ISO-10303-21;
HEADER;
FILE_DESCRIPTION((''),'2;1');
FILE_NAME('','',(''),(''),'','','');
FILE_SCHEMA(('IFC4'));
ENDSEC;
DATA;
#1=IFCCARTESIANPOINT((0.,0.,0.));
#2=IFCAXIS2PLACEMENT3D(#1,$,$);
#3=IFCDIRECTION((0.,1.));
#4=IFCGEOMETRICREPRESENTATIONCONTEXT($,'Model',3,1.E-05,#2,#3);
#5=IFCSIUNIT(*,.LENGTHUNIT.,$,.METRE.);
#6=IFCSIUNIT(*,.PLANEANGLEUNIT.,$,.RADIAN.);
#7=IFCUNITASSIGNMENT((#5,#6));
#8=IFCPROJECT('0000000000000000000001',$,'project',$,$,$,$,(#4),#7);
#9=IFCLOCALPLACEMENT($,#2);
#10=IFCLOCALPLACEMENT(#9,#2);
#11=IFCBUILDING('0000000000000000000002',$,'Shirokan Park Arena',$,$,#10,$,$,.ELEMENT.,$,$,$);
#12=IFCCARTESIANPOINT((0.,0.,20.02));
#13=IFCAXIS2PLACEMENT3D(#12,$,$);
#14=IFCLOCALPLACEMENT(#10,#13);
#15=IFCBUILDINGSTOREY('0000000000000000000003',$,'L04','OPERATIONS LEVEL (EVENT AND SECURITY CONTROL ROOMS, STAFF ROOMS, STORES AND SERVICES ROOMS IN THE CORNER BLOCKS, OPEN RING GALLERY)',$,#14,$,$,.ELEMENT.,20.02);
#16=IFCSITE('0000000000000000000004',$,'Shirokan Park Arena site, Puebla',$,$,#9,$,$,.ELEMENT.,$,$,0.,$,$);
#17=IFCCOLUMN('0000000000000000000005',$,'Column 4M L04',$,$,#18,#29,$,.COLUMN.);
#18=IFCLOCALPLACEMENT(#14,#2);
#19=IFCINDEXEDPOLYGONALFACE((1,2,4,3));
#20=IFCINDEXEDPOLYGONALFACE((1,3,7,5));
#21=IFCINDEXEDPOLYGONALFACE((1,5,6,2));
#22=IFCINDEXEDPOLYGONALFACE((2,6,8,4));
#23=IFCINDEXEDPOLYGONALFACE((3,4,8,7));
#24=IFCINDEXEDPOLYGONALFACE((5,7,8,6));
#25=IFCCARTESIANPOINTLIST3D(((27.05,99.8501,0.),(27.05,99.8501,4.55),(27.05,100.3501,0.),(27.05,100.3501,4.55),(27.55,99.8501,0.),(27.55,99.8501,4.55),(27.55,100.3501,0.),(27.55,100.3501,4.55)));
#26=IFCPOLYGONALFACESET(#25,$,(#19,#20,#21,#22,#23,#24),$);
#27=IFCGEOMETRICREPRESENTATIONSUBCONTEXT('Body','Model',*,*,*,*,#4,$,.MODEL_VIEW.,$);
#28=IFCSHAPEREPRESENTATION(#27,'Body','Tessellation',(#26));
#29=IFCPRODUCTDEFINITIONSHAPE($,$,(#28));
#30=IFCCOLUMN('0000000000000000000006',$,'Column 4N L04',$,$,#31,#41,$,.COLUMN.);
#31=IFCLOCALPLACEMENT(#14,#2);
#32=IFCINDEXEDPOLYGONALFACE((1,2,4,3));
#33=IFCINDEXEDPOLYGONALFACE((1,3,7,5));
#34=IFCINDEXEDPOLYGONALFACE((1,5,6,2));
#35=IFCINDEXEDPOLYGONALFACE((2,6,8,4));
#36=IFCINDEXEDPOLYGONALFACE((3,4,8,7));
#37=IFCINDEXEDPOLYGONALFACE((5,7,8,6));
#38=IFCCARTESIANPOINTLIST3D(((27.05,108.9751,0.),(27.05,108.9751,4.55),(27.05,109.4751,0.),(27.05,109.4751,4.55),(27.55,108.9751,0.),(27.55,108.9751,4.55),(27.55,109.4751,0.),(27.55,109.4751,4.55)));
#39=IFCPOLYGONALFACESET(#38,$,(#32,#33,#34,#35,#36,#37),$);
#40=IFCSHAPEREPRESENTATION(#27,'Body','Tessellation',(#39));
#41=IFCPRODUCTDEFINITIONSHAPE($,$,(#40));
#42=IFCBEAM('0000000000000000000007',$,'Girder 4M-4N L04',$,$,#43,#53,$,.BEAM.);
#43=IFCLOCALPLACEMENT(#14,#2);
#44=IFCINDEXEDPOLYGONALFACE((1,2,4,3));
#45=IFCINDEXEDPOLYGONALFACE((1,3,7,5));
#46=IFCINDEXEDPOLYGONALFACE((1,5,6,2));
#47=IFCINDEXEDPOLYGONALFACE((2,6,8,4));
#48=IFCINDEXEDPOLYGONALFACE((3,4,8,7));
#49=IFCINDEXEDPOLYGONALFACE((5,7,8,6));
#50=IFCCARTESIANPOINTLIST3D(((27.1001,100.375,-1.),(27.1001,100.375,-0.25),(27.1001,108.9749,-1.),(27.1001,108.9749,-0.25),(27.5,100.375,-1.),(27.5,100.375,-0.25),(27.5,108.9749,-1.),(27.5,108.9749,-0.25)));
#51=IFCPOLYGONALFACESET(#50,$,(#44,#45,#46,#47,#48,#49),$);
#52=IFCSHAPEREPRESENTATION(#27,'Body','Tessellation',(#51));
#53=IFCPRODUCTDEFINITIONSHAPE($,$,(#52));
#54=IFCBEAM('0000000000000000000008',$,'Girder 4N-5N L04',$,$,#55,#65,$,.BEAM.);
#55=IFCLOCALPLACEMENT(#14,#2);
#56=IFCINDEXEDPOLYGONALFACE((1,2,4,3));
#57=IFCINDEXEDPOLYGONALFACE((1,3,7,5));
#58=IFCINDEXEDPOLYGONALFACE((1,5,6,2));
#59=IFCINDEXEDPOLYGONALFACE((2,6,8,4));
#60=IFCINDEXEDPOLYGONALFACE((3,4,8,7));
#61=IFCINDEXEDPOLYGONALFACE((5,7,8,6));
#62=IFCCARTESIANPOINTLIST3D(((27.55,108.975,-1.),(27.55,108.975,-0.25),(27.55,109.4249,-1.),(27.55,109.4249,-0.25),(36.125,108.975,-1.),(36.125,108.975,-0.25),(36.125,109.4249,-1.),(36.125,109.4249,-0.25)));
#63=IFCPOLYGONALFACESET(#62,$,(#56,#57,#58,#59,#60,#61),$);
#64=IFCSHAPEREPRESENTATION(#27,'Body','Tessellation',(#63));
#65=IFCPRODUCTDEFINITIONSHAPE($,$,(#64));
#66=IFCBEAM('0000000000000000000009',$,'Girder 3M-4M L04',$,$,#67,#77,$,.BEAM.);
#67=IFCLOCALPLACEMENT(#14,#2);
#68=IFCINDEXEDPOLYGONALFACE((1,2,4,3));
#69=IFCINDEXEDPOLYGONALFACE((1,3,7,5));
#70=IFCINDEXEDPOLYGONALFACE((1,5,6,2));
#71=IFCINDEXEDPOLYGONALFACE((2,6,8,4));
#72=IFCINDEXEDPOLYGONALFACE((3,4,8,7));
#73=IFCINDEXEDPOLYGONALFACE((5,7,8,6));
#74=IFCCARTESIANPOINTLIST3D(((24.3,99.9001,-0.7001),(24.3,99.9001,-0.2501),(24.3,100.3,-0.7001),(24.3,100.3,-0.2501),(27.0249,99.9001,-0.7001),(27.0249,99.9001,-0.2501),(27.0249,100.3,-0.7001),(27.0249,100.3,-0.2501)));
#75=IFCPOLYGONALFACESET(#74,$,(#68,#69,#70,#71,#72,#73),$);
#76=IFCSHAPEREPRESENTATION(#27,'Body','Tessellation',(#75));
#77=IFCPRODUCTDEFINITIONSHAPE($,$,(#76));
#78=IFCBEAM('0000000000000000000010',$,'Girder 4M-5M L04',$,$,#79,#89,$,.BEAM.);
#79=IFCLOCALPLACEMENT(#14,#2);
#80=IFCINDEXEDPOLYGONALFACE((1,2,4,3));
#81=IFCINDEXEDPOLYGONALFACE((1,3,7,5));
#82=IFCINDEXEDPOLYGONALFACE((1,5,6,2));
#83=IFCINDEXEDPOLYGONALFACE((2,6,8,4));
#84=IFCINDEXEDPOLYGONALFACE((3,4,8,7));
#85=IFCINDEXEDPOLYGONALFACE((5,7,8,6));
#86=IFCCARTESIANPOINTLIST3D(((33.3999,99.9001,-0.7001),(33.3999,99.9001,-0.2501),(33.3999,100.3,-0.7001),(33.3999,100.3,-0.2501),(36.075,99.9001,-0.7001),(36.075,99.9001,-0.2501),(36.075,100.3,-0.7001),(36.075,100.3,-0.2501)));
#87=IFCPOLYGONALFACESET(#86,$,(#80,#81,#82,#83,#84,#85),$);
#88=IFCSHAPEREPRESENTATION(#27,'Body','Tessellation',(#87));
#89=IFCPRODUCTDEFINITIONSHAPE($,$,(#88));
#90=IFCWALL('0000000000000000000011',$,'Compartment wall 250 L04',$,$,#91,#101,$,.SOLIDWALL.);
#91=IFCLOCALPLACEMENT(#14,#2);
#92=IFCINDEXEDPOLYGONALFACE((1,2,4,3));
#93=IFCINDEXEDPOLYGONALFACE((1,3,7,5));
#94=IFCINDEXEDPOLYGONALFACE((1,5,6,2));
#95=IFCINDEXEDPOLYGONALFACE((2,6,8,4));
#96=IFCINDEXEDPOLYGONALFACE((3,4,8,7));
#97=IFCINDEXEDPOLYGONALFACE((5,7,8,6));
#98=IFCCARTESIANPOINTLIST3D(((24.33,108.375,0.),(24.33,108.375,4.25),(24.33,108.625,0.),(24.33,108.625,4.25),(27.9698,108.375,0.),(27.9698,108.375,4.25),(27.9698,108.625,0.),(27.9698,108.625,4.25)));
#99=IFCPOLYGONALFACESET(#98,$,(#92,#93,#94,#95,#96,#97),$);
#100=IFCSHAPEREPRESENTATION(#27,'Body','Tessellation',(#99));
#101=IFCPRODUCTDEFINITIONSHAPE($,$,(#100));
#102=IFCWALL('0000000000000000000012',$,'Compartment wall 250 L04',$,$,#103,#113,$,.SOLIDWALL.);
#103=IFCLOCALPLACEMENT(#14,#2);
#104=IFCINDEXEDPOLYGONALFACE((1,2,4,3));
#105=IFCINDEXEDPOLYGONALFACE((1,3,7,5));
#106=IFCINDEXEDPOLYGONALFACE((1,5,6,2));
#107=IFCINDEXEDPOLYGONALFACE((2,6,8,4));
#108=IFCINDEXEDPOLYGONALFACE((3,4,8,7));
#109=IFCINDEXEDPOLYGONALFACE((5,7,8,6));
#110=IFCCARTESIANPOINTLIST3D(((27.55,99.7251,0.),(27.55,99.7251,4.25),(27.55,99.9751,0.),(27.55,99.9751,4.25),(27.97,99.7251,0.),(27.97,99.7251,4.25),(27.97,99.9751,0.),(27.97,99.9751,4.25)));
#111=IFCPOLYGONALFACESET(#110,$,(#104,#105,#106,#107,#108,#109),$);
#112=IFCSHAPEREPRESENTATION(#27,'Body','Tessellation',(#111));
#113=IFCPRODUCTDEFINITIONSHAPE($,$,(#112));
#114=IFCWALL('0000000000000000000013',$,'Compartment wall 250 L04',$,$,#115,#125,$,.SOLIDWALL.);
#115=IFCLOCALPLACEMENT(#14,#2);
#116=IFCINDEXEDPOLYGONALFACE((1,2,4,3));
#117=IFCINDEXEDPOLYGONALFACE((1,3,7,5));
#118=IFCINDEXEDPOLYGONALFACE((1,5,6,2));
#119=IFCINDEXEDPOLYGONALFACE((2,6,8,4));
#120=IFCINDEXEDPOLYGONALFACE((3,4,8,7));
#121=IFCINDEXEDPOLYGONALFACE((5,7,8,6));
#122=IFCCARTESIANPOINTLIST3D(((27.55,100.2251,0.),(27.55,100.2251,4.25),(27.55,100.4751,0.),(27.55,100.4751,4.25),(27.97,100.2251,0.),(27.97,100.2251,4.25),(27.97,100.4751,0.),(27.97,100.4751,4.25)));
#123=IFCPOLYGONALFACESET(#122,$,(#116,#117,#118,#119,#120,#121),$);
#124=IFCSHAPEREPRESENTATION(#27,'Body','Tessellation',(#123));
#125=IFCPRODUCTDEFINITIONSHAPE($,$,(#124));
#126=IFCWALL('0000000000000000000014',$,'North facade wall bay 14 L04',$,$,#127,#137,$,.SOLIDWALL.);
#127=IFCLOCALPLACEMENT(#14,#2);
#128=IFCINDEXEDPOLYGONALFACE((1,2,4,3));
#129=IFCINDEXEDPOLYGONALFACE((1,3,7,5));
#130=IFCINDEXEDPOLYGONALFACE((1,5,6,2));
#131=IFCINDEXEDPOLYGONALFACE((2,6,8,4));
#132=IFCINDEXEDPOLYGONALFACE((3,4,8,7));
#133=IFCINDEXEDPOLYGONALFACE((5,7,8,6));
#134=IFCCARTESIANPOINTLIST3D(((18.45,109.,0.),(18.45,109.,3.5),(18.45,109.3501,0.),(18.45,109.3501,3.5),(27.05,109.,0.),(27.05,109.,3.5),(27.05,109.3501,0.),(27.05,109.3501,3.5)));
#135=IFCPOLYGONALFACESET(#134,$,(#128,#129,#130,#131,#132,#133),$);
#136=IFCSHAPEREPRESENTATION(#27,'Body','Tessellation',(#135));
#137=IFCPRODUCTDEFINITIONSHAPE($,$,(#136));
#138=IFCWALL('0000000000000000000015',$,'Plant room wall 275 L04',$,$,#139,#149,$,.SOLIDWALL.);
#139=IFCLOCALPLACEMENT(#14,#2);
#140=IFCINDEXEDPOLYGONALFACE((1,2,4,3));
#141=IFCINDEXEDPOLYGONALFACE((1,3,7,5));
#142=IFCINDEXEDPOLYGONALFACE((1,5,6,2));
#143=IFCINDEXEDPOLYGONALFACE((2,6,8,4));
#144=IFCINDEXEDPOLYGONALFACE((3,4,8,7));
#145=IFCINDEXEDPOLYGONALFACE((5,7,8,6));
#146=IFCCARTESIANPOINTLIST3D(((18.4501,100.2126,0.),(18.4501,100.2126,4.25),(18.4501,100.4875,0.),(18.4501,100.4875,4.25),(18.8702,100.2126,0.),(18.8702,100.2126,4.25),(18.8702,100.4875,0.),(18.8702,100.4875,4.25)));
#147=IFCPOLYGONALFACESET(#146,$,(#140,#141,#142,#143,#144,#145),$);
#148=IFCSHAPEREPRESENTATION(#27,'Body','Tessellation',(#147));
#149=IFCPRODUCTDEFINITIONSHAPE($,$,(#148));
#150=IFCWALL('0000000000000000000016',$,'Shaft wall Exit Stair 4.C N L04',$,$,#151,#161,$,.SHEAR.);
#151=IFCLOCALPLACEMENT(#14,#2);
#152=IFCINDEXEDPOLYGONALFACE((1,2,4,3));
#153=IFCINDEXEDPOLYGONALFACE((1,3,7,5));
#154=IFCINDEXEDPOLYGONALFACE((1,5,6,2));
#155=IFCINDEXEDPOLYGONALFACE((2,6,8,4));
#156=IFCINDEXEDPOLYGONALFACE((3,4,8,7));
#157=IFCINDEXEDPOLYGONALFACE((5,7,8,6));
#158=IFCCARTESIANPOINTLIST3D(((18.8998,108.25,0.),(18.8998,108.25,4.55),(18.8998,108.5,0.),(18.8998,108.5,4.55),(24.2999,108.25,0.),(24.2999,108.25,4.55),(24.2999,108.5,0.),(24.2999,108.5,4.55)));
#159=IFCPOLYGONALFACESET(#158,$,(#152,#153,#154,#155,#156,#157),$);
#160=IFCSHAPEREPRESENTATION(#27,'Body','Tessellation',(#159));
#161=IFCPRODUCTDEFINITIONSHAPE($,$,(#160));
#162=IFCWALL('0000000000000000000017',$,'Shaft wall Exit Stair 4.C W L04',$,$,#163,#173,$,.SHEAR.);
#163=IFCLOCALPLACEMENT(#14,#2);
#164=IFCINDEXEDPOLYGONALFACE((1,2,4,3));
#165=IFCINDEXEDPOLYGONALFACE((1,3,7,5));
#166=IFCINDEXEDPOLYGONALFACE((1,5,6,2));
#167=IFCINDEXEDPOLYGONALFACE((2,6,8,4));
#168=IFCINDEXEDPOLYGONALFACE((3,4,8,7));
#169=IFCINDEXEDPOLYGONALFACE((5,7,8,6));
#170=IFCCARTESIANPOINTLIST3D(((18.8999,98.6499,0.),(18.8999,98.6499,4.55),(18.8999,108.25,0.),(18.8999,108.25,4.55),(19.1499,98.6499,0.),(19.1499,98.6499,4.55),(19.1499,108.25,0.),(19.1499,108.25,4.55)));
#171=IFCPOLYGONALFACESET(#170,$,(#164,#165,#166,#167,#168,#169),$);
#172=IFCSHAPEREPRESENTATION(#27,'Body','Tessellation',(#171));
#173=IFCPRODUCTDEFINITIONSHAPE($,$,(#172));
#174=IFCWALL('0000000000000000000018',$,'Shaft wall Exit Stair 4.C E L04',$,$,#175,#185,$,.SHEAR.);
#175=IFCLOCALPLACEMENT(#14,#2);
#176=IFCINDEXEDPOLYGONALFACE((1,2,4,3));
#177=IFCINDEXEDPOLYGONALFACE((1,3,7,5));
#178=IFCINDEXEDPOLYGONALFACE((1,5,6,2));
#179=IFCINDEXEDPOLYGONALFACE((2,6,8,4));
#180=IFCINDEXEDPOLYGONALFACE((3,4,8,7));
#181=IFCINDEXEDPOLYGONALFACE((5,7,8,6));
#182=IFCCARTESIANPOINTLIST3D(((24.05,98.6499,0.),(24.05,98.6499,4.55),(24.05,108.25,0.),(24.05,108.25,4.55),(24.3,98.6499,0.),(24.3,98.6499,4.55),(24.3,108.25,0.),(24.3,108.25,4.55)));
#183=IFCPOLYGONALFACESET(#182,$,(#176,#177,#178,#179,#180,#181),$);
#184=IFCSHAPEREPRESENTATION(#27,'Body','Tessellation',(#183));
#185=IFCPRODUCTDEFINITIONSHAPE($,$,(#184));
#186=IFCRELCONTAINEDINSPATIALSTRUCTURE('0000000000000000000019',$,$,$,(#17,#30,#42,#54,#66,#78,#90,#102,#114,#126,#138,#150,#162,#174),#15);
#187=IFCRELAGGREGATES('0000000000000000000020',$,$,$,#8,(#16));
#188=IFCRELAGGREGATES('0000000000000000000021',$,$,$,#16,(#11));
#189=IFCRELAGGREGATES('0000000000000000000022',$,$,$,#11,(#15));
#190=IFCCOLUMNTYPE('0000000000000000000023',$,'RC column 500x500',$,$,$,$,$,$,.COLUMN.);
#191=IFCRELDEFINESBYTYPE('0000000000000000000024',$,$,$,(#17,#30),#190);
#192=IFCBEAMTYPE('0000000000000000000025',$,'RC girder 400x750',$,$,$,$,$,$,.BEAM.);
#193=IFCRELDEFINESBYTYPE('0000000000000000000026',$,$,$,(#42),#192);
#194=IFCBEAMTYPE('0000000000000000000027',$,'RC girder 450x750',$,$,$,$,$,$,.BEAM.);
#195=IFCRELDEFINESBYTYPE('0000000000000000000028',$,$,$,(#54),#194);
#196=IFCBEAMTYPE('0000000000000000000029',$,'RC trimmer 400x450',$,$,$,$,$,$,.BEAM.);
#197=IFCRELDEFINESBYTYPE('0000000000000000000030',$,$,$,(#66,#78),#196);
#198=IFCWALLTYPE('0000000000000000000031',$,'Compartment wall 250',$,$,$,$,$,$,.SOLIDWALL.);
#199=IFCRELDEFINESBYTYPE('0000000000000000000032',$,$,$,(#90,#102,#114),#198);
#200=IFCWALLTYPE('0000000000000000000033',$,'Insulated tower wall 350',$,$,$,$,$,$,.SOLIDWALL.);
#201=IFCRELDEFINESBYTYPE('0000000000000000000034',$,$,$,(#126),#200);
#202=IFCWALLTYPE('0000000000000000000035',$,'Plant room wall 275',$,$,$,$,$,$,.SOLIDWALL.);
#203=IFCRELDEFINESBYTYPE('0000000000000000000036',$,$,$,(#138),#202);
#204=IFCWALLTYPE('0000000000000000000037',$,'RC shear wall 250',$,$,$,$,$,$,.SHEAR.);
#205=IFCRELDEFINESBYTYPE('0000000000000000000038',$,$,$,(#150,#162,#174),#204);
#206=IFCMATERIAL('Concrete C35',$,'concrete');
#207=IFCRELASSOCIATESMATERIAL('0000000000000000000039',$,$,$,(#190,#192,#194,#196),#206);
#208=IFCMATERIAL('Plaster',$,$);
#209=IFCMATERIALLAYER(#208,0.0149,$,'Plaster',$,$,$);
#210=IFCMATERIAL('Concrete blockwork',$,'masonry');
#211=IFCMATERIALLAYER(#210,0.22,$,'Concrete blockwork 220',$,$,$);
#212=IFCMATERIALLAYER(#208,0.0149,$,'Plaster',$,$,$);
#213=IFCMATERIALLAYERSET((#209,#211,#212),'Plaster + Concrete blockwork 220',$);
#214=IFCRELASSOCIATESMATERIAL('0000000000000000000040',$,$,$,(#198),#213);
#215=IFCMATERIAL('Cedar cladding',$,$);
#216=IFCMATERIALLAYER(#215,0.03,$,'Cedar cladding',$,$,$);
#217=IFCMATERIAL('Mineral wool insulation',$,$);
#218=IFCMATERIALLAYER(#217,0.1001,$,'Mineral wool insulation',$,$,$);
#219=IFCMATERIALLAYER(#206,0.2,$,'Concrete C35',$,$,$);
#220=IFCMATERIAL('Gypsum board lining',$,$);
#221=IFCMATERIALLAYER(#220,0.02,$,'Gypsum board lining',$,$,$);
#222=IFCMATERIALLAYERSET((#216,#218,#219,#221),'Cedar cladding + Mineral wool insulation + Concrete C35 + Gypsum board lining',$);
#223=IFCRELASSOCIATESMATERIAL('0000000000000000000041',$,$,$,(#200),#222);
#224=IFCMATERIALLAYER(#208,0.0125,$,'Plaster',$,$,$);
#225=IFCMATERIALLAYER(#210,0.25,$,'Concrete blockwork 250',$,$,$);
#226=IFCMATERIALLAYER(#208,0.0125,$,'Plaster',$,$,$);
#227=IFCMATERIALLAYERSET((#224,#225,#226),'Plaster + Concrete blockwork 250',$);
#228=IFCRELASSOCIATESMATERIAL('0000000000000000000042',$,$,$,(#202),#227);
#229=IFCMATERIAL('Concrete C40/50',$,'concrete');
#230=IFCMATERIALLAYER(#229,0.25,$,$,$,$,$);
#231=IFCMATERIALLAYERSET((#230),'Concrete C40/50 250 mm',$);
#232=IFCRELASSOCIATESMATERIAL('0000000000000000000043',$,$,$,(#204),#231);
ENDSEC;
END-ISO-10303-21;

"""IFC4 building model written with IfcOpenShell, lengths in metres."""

from ifc_helpers import new_model, si_unit, direction, frame, frame_2d, origin, origin_2d, place, context, subcontext, project, spatial, rectangle, extrude, material, layer, layer_set, material_profile, profile_set, type_object, element, save


model = new_model("IFC4")

# Units and contexts
model_context = context("Model", 3, precision=1e-05, world=origin(), true_north=direction((0.0, 1.0)))
body_context = subcontext(model_context, "Body", "Model", "MODEL_VIEW")
ifc_project = project(units=[si_unit("LENGTHUNIT", "METRE"), si_unit("PLANEANGLEUNIT", "RADIAN")], contexts=[model_context])

# Site, building, storey
site_placement = place(None, origin())
site = spatial("IfcSite", under=ifc_project, at=site_placement, Name="Shirokan Park Arena site, Puebla", CompositionType="ELEMENT", RefElevation=0.0)
building_placement = place(site_placement, origin())
building = spatial("IfcBuilding", under=site, at=building_placement, Name="Shirokan Park Arena", CompositionType="ELEMENT")
storey_placement = place(building_placement, frame((0.0, 0.0, 20.02)))
storey = spatial("IfcBuildingStorey", under=building, at=storey_placement, Name="L04", Description="OPERATIONS LEVEL (EVENT AND SECURITY CONTROL ROOMS, STAFF ROOMS, STORES AND SERVICES ROOMS IN THE CORNER BLOCKS, OPEN RING GALLERY)", CompositionType="ELEMENT", Elevation=20.02)

# Columns
ifc_material_1 = material(Name="Concrete C35", Category="concrete")
ifc_material_profile_1 = material_profile(ifc_material_1, rectangle(XDim=0.5, YDim=0.5, at=origin_2d()), Name="500x500")
ifc_profile_set_1 = profile_set([ifc_material_profile_1], Name="Concrete C35")
column_type = type_object("IfcColumnType", Name="RC column 500x500", PredefinedType="COLUMN", material=ifc_profile_set_1)
for number, where, z_axis, x_axis, name in (
    (1, (27.3, 100.1001, 0.0), (0.0, 0.0, 1.0), (1.0, 0.0, 0.0), "Column 4M L04"),
    (2, (27.3, 109.2251, 0.0), (0.0, 0.0, 1.0), (1.0, 0.0, 0.0), "Column 4N L04"),
):
    element("IfcColumn", number, at=place(storey_placement, frame(where, z_axis=z_axis, x_axis=x_axis)), inside=storey, type_object=column_type, Name=name, PredefinedType="COLUMN", context=body_context, shape_type="SweptSolid", body=[
        extrude(rectangle(XDim=0.5, YDim=0.5, at=origin_2d()), origin(), (0.0, 0.0, 1.0), 4.55),
    ])

# Beams
ifc_material_profile_2 = material_profile(ifc_material_1, rectangle(XDim=0.3999, YDim=0.75, at=origin_2d()), Name="400x750")
ifc_profile_set_2 = profile_set([ifc_material_profile_2], Name="Concrete C35")
beam_type_1 = type_object("IfcBeamType", Name="RC girder 400x750", PredefinedType="BEAM", material=ifc_profile_set_2)
beam_1_placement = place(storey_placement, frame((27.3, 100.375, -0.625), z_axis=(0.0, 1.0, 0.0), x_axis=(-1.0, 0.0, 0.0)))
element("IfcBeam", 3, at=beam_1_placement, inside=storey, type_object=beam_type_1, Name="Girder 4M-4N L04", PredefinedType="BEAM", context=body_context, shape_type="SweptSolid", body=[
    extrude(rectangle(XDim=0.3999, YDim=0.75, at=origin_2d()), origin(), (0.0, 0.0, 1.0), 8.5999),
])
ifc_material_profile_3 = material_profile(ifc_material_1, rectangle(XDim=0.45, YDim=0.75, at=origin_2d()), Name="450x750")
ifc_profile_set_3 = profile_set([ifc_material_profile_3], Name="Concrete C35")
beam_type_2 = type_object("IfcBeamType", Name="RC girder 450x750", PredefinedType="BEAM", material=ifc_profile_set_3)
beam_2_placement = place(storey_placement, frame((27.55, 109.2, -0.625), z_axis=(1.0, 0.0, 0.0), x_axis=(0.0, 1.0, 0.0)))
element("IfcBeam", 4, at=beam_2_placement, inside=storey, type_object=beam_type_2, Name="Girder 4N-5N L04", PredefinedType="BEAM", context=body_context, shape_type="SweptSolid", body=[
    extrude(rectangle(XDim=0.45, YDim=0.75, at=origin_2d()), origin(), (0.0, 0.0, 1.0), 8.575),
])
ifc_material_profile_4 = material_profile(ifc_material_1, rectangle(XDim=0.3999, YDim=0.45, at=origin_2d()), Name="400x450")
ifc_profile_set_4 = profile_set([ifc_material_profile_4], Name="Concrete C35")
beam_type_3 = type_object("IfcBeamType", Name="RC trimmer 400x450", PredefinedType="BEAM", material=ifc_profile_set_4)
beam_3_placement = place(storey_placement, frame((24.3, 100.1001, -0.4751), z_axis=(1.0, 0.0, 0.0), x_axis=(0.0, 1.0, 0.0)))
element("IfcBeam", 5, at=beam_3_placement, inside=storey, type_object=beam_type_3, Name="Girder 3M-4M L04", PredefinedType="BEAM", context=body_context, shape_type="SweptSolid", body=[
    extrude(rectangle(XDim=0.3999, YDim=0.45, at=origin_2d()), origin(), (0.0, 0.0, 1.0), 2.7249),
])
beam_4_placement = place(storey_placement, frame((33.3999, 100.1001, -0.4751), z_axis=(1.0, 0.0, 0.0), x_axis=(0.0, 1.0, 0.0)))
element("IfcBeam", 6, at=beam_4_placement, inside=storey, type_object=beam_type_3, Name="Girder 4M-5M L04", PredefinedType="BEAM", context=body_context, shape_type="SweptSolid", body=[
    extrude(rectangle(XDim=0.3999, YDim=0.45, at=origin_2d()), origin(), (0.0, 0.0, 1.0), 2.675),
])

# Walls
ifc_material_2 = material(Name="Plaster")
ifc_layer_1 = layer(ifc_material_2, 0.0149, Name="Plaster")
ifc_material_3 = material(Name="Concrete blockwork", Category="masonry")
ifc_layer_2 = layer(ifc_material_3, 0.22, Name="Concrete blockwork 220")
ifc_layer_3 = layer(ifc_material_2, 0.0149, Name="Plaster")
ifc_layer_set_1 = layer_set([ifc_layer_1, ifc_layer_2, ifc_layer_3], Name="Plaster + Concrete blockwork 220")
wall_type_1 = type_object("IfcWallType", Name="Compartment wall 250", PredefinedType="SOLIDWALL", material=ifc_layer_set_1)
wall_1_placement = place(storey_placement, frame((24.3301, 108.5, 0.0), z_axis=(0.0, 0.0, 1.0), x_axis=(1.0, 0.0, 0.0)))
element("IfcWall", 7, at=wall_1_placement, inside=storey, type_object=wall_type_1, Name="Compartment wall 250 L04", PredefinedType="SOLIDWALL", context=body_context, shape_type="SweptSolid", body=[
    extrude(rectangle(XDim=3.6399, YDim=0.25, at=frame_2d((1.8198, 0.0))), origin(), (0.0, 0.0, 1.0), 4.25),
])
for number, where, z_axis, x_axis, name in (
    (8, (27.55, 99.8501, 0.0), (0.0, 0.0, 1.0), (1.0, 0.0, 0.0), "Compartment wall 250 L04"),
    (9, (27.97, 100.3501, 0.0), (0.0, 0.0, 1.0), (-1.0, 0.0, 0.0), "Compartment wall 250 L04"),
):
    element("IfcWall", number, at=place(storey_placement, frame(where, z_axis=z_axis, x_axis=x_axis)), inside=storey, type_object=wall_type_1, Name=name, PredefinedType="SOLIDWALL", context=body_context, shape_type="SweptSolid", body=[
        extrude(rectangle(XDim=0.4199, YDim=0.25, at=frame_2d((0.21, 0.0))), origin(), (0.0, 0.0, 1.0), 4.25),
    ])
ifc_material_4 = material(Name="Cedar cladding")
ifc_layer_4 = layer(ifc_material_4, 0.03, Name="Cedar cladding")
ifc_material_5 = material(Name="Mineral wool insulation")
ifc_layer_5 = layer(ifc_material_5, 0.1001, Name="Mineral wool insulation")
ifc_layer_6 = layer(ifc_material_1, 0.2, Name="Concrete C35")
ifc_material_6 = material(Name="Gypsum board lining")
ifc_layer_7 = layer(ifc_material_6, 0.02, Name="Gypsum board lining")
ifc_layer_set_2 = layer_set([ifc_layer_4, ifc_layer_5, ifc_layer_6, ifc_layer_7], Name="Cedar cladding + Mineral wool insulation + Concrete C35 + Gypsum board lining")
wall_type_2 = type_object("IfcWallType", Name="Insulated tower wall 350", PredefinedType="SOLIDWALL", material=ifc_layer_set_2)
wall_2_placement = place(storey_placement, frame((27.05, 109.175, 0.0), z_axis=(0.0, 0.0, 1.0), x_axis=(-1.0, 0.0, 0.0)))
element("IfcWall", 10, at=wall_2_placement, inside=storey, type_object=wall_type_2, Name="North facade wall bay 14 L04", PredefinedType="SOLIDWALL", context=body_context, shape_type="SweptSolid", body=[
    extrude(rectangle(XDim=8.6001, YDim=0.3501, at=frame_2d((4.3, 0.0))), origin(), (0.0, 0.0, 1.0), 3.5),
])
ifc_layer_8 = layer(ifc_material_2, 0.0125, Name="Plaster")
ifc_layer_9 = layer(ifc_material_3, 0.25, Name="Concrete blockwork 250")
ifc_layer_10 = layer(ifc_material_2, 0.0125, Name="Plaster")
ifc_layer_set_3 = layer_set([ifc_layer_8, ifc_layer_9, ifc_layer_10], Name="Plaster + Concrete blockwork 250")
wall_type_3 = type_object("IfcWallType", Name="Plant room wall 275", PredefinedType="SOLIDWALL", material=ifc_layer_set_3)
wall_3_placement = place(storey_placement, frame((18.8701, 100.3501, 0.0), z_axis=(0.0, 0.0, 1.0), x_axis=(-1.0, 0.0, 0.0)))
element("IfcWall", 11, at=wall_3_placement, inside=storey, type_object=wall_type_3, Name="Plant room wall 275 L04", PredefinedType="SOLIDWALL", context=body_context, shape_type="SweptSolid", body=[
    extrude(rectangle(XDim=0.4202, YDim=0.2749, at=frame_2d((0.21, 0.0))), origin(), (0.0, 0.0, 1.0), 4.25),
])
ifc_material_7 = material(Name="Concrete C40/50", Category="concrete")
ifc_layer_11 = layer(ifc_material_7, 0.25)
ifc_layer_set_4 = layer_set([ifc_layer_11], Name="Concrete C40/50 250 mm")
wall_type_4 = type_object("IfcWallType", Name="RC shear wall 250", PredefinedType="SHEAR", material=ifc_layer_set_4)
wall_4_placement = place(storey_placement, frame((24.3, 108.375, 0.0), z_axis=(0.0, 0.0, 1.0), x_axis=(-1.0, 0.0, 0.0)))
element("IfcWall", 12, at=wall_4_placement, inside=storey, type_object=wall_type_4, Name="Shaft wall Exit Stair 4.C N L04", PredefinedType="SHEAR", context=body_context, shape_type="SweptSolid", body=[
    extrude(rectangle(XDim=5.4001, YDim=0.25, at=frame_2d((2.7002, 0.0))), origin(), (0.0, 0.0, 1.0), 4.55),
])
for number, where, z_axis, x_axis, name in (
    (13, (19.0249, 108.25, 0.0), (0.0, 0.0, 1.0), (0.0, -1.0, 0.0), "Shaft wall Exit Stair 4.C W L04"),
    (14, (24.175, 108.25, 0.0), (0.0, 0.0, 1.0), (0.0, -1.0, 0.0), "Shaft wall Exit Stair 4.C E L04"),
):
    element("IfcWall", number, at=place(storey_placement, frame(where, z_axis=z_axis, x_axis=x_axis)), inside=storey, type_object=wall_type_4, Name=name, PredefinedType="SHEAR", context=body_context, shape_type="SweptSolid", body=[
        extrude(rectangle(XDim=9.6001, YDim=0.25, at=frame_2d((4.8, 0.0))), origin(), (0.0, 0.0, 1.0), 4.55),
    ])

save(model, "model.ifc")
